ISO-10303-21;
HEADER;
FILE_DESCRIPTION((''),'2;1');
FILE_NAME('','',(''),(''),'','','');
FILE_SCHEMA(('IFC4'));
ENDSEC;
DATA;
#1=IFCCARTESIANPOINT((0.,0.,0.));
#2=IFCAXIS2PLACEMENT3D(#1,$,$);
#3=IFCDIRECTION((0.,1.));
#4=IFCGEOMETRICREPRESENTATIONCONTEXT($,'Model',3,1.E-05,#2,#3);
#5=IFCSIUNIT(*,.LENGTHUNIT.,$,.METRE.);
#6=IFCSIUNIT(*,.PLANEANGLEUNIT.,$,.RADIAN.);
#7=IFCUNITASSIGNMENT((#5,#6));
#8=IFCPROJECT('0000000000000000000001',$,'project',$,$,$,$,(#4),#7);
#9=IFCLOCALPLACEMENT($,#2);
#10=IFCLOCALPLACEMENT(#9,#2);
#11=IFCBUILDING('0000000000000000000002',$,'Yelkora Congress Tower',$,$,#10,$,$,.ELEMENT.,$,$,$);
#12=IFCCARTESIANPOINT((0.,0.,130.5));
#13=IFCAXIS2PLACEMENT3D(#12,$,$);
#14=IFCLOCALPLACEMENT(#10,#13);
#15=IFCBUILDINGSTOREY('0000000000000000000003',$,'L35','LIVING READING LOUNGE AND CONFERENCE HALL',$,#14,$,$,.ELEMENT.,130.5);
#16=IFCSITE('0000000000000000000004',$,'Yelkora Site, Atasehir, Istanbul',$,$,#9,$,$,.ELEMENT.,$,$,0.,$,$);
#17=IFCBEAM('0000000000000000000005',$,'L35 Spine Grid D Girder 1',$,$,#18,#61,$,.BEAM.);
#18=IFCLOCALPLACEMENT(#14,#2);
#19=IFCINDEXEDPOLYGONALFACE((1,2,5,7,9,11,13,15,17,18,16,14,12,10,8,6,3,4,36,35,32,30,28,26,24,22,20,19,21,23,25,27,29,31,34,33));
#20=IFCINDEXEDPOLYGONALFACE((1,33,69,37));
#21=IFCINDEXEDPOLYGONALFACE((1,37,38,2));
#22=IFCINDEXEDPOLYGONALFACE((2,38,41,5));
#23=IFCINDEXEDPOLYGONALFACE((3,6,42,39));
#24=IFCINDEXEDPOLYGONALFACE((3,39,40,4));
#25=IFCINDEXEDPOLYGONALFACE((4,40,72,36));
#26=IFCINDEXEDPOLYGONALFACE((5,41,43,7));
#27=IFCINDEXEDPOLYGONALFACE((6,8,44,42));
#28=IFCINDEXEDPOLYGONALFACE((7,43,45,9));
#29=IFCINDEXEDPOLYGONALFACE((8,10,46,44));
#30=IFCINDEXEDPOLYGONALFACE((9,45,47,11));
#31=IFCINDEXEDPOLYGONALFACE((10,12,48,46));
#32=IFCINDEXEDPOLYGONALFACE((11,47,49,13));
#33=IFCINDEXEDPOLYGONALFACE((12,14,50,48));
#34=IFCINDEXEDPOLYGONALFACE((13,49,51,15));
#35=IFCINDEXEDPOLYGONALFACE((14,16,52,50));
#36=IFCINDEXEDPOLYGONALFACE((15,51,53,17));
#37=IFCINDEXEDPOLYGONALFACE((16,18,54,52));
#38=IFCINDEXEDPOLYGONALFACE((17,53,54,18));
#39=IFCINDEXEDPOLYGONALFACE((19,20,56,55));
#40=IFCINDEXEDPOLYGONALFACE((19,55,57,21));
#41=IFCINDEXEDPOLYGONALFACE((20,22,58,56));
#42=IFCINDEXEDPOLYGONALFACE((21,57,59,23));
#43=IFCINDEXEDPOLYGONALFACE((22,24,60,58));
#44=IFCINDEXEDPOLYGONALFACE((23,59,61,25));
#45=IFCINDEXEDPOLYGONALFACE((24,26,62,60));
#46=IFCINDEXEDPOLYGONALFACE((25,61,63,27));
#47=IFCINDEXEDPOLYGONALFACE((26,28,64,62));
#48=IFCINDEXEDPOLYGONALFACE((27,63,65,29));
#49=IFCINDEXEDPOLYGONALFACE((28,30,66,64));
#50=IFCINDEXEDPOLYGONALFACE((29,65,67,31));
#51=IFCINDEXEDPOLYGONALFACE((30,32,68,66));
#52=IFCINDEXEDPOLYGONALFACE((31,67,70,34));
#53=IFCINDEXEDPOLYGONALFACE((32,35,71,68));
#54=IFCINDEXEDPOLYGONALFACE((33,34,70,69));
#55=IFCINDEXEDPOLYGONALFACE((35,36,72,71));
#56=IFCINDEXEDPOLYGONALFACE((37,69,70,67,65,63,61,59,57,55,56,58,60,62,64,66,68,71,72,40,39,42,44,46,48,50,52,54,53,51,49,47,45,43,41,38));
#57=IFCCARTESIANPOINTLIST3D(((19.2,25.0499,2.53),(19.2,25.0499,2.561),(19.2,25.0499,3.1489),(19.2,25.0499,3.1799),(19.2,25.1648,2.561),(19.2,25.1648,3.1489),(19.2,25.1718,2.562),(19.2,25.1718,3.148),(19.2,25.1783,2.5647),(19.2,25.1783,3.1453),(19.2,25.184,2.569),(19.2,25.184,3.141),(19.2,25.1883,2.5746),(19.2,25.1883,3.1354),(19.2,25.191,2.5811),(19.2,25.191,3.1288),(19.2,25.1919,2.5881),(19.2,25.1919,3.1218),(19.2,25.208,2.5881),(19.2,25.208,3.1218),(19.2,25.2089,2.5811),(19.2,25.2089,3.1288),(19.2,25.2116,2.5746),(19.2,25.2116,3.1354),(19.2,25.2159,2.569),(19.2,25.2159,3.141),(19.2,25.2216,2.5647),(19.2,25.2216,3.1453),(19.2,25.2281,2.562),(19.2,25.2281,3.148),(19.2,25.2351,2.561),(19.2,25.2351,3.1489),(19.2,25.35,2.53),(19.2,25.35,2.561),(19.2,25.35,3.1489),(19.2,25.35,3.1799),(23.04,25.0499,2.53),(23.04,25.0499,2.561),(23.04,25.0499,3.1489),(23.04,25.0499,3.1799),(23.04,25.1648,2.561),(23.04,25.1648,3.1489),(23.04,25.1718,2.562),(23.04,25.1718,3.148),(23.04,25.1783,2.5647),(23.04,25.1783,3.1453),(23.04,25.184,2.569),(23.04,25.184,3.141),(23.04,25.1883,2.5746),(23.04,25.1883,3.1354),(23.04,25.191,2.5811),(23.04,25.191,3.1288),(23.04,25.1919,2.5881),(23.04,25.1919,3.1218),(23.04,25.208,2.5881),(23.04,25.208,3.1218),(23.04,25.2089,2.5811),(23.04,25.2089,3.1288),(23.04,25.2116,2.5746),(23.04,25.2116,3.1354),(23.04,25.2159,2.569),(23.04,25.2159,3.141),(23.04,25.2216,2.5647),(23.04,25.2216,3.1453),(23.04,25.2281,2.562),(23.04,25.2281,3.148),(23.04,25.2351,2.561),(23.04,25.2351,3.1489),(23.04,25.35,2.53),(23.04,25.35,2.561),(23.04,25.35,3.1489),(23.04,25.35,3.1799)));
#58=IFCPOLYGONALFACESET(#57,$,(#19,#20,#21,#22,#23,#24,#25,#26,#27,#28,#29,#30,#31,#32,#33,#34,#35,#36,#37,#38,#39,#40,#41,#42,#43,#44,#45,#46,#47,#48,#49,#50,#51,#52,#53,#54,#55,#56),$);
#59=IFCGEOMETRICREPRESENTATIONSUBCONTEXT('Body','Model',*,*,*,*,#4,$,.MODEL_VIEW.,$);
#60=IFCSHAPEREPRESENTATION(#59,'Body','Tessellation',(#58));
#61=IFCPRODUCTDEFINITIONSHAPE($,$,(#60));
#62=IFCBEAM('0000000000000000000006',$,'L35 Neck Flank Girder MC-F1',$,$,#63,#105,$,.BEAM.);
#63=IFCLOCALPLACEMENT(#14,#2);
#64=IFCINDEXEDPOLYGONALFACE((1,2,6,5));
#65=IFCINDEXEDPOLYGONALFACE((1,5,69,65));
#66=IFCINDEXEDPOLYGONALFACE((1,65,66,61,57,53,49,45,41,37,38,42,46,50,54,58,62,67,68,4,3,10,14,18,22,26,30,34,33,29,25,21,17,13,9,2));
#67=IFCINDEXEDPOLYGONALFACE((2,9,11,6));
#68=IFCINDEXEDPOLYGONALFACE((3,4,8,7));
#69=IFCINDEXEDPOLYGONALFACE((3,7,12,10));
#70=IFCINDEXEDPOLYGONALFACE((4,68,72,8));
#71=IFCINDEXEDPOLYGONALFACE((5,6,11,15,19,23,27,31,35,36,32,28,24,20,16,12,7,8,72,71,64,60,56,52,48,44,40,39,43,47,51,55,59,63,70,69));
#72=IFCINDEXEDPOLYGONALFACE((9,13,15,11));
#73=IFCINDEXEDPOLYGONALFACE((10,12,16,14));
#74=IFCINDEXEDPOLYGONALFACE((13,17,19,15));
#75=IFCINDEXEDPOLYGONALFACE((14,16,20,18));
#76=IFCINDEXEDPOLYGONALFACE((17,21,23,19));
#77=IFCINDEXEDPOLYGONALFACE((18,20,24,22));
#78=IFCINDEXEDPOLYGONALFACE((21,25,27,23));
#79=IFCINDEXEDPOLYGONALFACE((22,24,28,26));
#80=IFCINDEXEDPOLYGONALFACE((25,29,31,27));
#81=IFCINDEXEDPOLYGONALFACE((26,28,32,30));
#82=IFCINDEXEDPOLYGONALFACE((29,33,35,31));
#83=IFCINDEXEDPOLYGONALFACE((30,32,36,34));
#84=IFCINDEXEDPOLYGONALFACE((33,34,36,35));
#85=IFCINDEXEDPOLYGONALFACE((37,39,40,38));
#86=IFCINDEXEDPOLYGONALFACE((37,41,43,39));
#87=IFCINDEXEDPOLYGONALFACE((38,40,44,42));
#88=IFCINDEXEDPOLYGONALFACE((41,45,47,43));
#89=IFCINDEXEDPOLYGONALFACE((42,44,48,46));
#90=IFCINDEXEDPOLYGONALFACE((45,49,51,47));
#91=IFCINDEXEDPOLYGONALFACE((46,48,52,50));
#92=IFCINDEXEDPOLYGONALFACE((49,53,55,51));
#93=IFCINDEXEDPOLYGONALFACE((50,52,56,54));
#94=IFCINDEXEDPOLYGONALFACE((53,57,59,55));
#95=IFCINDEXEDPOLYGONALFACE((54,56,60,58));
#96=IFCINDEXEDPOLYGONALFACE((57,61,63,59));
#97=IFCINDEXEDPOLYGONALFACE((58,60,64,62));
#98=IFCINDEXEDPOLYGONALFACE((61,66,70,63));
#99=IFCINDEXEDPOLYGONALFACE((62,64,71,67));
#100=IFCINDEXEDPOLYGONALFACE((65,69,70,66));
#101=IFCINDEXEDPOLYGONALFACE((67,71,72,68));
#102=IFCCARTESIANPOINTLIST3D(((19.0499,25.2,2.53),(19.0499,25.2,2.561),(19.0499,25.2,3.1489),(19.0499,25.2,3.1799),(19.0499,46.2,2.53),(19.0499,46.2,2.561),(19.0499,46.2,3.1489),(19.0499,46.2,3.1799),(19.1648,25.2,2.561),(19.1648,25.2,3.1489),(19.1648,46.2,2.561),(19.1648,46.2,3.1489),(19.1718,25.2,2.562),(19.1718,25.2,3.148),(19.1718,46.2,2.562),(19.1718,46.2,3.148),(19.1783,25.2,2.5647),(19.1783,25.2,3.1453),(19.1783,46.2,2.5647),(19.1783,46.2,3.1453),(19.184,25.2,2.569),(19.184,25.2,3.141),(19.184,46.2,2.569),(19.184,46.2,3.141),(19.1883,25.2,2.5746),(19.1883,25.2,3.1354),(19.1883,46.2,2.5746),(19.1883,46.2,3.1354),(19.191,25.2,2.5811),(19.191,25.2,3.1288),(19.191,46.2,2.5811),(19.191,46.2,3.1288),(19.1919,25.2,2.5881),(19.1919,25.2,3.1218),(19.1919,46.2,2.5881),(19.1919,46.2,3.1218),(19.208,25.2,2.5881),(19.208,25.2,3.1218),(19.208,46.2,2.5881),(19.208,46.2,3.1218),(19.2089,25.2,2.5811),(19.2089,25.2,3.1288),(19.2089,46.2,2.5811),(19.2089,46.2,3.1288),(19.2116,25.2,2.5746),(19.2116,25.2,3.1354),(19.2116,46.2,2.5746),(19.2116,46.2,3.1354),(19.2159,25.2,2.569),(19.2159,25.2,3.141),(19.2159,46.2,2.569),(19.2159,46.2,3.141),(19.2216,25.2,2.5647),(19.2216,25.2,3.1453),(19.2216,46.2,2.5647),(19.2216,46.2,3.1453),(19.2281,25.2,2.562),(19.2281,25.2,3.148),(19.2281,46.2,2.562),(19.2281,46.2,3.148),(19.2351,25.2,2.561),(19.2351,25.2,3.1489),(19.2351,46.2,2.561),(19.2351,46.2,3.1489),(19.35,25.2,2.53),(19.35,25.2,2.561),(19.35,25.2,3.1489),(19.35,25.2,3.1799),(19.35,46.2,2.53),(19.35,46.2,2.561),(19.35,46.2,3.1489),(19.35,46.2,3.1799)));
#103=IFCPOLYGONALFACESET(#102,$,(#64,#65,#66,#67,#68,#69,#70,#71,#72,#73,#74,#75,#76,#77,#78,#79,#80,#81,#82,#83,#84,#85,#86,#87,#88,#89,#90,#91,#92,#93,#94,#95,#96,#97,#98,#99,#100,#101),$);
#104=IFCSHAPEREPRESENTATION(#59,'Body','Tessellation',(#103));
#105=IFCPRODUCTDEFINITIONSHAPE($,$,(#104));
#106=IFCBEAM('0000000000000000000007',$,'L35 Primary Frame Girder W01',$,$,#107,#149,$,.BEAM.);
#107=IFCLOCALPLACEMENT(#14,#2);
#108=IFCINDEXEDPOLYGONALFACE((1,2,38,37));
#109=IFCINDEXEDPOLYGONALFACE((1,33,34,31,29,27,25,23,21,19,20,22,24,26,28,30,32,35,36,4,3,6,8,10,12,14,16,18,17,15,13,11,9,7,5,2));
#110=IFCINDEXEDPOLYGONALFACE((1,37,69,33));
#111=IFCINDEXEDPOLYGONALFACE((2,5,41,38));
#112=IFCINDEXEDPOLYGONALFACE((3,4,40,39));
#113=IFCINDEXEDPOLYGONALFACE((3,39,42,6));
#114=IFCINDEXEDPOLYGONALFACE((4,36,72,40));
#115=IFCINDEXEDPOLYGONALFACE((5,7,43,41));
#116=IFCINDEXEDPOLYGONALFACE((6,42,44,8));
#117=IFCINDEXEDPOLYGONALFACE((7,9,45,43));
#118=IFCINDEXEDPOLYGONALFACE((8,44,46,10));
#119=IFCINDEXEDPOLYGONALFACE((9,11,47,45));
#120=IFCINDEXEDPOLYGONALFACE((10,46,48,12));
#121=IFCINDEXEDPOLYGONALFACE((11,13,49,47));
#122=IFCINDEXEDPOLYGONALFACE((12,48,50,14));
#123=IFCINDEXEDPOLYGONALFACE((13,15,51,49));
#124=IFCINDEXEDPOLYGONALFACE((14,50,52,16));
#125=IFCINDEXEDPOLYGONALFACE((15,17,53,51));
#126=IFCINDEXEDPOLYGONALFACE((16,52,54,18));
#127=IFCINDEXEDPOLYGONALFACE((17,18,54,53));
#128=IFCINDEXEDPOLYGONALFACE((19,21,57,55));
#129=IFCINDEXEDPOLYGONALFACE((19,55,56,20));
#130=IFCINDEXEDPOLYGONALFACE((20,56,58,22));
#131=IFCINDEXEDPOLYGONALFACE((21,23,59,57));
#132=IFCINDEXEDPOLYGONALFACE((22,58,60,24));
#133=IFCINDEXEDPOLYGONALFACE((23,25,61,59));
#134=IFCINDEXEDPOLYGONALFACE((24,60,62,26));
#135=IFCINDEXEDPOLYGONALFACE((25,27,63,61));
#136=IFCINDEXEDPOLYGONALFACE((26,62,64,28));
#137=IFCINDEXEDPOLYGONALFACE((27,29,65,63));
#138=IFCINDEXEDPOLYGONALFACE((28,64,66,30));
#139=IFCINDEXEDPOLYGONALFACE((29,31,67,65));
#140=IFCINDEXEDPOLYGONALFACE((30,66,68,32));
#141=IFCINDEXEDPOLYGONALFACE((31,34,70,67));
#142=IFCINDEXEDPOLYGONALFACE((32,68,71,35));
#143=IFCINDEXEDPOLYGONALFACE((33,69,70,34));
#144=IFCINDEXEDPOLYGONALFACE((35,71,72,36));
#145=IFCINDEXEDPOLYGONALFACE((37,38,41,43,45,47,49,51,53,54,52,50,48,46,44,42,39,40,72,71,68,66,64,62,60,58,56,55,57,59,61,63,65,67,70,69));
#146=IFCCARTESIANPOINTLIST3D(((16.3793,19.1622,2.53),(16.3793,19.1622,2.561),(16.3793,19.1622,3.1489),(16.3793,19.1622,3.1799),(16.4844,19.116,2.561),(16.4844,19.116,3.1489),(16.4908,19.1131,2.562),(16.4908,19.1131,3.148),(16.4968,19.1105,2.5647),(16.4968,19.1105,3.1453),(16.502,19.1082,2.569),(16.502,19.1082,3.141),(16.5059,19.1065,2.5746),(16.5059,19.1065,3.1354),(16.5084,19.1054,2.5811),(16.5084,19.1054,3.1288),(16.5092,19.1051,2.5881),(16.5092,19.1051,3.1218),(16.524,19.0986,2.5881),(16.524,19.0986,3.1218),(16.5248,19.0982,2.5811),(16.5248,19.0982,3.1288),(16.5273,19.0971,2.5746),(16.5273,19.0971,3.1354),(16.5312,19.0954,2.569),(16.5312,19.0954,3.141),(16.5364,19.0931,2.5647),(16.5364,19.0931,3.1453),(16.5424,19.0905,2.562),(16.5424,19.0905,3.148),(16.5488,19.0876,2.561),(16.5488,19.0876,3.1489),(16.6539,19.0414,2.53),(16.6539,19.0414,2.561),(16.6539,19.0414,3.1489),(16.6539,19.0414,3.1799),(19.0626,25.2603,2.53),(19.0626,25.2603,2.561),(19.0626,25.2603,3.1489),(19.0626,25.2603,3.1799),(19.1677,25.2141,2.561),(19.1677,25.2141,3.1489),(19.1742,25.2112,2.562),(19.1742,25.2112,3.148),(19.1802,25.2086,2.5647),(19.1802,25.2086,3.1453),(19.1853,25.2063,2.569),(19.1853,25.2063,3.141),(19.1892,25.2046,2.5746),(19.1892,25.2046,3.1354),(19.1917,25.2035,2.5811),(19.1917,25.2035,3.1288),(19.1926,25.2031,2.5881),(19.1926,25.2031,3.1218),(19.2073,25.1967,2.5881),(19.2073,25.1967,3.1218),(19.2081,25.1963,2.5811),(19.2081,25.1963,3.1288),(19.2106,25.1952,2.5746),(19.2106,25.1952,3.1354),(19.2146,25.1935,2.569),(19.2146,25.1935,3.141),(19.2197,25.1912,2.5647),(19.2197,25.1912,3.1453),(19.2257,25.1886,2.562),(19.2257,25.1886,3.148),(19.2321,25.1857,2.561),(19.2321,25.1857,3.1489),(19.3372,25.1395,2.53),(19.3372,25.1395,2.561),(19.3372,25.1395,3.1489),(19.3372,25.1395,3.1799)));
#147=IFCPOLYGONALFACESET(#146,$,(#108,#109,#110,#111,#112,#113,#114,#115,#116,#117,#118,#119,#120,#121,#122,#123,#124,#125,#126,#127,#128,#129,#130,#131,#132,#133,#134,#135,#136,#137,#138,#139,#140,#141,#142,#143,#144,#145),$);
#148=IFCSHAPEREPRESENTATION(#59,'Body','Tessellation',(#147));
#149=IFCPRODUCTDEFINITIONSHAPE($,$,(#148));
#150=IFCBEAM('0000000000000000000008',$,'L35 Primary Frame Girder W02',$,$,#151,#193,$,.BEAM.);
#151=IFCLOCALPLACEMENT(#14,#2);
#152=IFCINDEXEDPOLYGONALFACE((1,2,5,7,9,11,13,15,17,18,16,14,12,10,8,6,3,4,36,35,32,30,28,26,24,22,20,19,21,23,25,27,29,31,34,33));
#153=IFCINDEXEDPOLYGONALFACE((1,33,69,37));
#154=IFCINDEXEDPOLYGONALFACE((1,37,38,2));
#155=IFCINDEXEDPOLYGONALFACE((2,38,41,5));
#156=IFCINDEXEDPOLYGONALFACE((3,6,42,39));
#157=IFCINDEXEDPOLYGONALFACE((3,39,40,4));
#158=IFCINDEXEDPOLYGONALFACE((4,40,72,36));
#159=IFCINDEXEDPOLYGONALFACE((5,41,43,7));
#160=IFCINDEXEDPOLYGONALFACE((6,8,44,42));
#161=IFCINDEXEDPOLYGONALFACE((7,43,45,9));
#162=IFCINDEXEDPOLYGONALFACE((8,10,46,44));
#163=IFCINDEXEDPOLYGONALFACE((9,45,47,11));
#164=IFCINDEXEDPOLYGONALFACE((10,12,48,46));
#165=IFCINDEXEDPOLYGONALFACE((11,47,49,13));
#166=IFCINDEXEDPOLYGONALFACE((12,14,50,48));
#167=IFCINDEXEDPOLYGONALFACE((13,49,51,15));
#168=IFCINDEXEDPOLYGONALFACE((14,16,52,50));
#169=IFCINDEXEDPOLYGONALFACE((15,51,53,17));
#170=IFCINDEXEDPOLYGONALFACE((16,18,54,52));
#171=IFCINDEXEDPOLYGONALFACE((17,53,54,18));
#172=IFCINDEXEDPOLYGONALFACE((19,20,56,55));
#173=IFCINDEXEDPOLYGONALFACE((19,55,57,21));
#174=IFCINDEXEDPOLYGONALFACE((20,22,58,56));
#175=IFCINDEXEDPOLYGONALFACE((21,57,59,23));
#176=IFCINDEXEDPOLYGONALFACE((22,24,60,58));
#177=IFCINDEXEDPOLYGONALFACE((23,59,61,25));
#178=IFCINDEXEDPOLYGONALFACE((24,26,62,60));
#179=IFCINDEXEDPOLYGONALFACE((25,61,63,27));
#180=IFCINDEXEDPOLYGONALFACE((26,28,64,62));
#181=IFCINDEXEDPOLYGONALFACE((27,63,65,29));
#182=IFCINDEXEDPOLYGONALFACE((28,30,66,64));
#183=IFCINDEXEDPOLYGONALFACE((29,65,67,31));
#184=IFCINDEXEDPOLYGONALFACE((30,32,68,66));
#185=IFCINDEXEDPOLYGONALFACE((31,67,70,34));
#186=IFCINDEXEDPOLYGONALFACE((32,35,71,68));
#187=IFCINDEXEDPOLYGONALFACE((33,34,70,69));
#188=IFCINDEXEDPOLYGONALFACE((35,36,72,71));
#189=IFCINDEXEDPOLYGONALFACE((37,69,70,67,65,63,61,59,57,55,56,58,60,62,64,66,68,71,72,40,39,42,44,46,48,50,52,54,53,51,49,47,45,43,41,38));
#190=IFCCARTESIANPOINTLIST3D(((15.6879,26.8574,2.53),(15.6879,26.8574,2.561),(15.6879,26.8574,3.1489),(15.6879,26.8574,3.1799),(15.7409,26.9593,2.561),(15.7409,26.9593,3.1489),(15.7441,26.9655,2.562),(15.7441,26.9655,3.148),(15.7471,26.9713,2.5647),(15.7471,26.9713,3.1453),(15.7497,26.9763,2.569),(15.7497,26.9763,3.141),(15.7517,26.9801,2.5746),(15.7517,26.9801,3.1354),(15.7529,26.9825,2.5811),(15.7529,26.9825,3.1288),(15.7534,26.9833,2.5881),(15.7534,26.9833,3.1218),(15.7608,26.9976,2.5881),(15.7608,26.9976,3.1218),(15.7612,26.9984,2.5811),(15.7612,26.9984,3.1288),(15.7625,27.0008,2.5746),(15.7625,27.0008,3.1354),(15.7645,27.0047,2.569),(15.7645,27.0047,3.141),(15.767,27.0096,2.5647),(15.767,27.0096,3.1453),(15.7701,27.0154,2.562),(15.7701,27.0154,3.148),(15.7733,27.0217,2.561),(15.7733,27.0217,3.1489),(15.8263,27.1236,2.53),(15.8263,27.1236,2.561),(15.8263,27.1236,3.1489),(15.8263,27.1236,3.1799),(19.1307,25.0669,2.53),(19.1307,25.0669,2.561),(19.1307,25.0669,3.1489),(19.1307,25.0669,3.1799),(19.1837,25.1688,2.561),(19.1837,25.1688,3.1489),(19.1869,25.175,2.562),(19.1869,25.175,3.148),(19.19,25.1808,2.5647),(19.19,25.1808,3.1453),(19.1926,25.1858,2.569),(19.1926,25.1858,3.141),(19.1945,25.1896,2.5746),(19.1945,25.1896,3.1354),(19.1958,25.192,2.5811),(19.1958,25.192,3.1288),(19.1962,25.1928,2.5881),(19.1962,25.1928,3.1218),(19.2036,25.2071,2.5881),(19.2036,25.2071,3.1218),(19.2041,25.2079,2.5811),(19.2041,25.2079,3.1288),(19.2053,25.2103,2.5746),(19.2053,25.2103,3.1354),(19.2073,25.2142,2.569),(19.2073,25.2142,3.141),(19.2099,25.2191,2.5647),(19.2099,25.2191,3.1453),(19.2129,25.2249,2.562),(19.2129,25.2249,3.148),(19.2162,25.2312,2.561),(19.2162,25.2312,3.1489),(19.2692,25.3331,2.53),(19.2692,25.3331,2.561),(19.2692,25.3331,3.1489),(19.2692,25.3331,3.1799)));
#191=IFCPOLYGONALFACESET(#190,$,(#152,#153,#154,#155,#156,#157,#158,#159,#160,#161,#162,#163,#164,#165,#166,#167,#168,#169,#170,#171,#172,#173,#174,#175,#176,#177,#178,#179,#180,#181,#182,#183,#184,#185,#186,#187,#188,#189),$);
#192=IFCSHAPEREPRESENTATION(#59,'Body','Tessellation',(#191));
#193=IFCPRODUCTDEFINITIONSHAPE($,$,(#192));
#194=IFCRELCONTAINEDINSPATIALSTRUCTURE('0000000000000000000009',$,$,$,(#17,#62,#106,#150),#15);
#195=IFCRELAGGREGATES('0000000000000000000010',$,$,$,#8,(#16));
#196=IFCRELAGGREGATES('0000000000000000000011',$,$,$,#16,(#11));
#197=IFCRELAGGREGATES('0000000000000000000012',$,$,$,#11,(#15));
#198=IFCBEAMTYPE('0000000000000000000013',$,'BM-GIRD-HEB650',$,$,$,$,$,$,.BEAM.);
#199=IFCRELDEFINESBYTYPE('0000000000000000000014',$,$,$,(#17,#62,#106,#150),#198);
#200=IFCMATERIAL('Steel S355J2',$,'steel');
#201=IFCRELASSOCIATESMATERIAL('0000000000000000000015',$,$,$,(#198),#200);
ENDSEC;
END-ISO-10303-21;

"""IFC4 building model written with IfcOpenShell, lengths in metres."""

from ifc_helpers import new_model, si_unit, direction, frame, origin, origin_2d, place, context, subcontext, project, spatial, i_section, extrude, material, material_profile, profile_set, type_object, element, save


model = new_model("IFC4")

# Units and contexts
model_context = context("Model", 3, precision=1e-05, world=origin(), true_north=direction((0.0, 1.0)))
body_context = subcontext(model_context, "Body", "Model", "MODEL_VIEW")
ifc_project = project(units=[si_unit("LENGTHUNIT", "METRE"), si_unit("PLANEANGLEUNIT", "RADIAN")], contexts=[model_context])

# Site, building, storey
site_placement = place(None, origin())
site = spatial("IfcSite", under=ifc_project, at=site_placement, Name="Yelkora Site, Atasehir, Istanbul", CompositionType="ELEMENT", RefElevation=0.0)
building_placement = place(site_placement, origin())
building = spatial("IfcBuilding", under=site, at=building_placement, Name="Yelkora Congress Tower", CompositionType="ELEMENT")
storey_placement = place(building_placement, frame((0.0, 0.0, 130.5)))
storey = spatial("IfcBuildingStorey", under=building, at=storey_placement, Name="L35", Description="LIVING READING LOUNGE AND CONFERENCE HALL", CompositionType="ELEMENT", Elevation=130.5)

# Beams
ifc_material_1 = material(Name="Steel S355J2", Category="steel")
ifc_material_profile_1 = material_profile(ifc_material_1, i_section(OverallWidth=0.3, OverallDepth=0.6499, WebThickness=0.0161, FlangeThickness=0.031, FilletRadius=0.0271, at=origin_2d()), Name="HEB 650")
ifc_profile_set_1 = profile_set([ifc_material_profile_1], Name="Steel S355J2")
beam_type_1 = type_object("IfcBeamType", Name="BM-GIRD-HEB650", PredefinedType="BEAM", material=ifc_profile_set_1)
beam_1_placement = place(storey_placement, frame((19.2, 25.2, 2.855), z_axis=(1.0, 0.0, 0.0), x_axis=(0.0, 1.0, 0.0)))
element("IfcBeam", 1, at=beam_1_placement, inside=storey, type_object=beam_type_1, Name="L35 Spine Grid D Girder 1", PredefinedType="BEAM", context=body_context, shape_type="SweptSolid", body=[
    extrude(i_section(OverallWidth=0.3, OverallDepth=0.6499, WebThickness=0.0161, FlangeThickness=0.031, FilletRadius=0.0271, at=origin_2d()), origin(), (0.0, 0.0, 1.0), 3.8401),
])
beam_2_placement = place(storey_placement, frame((19.2, 25.2, 2.855), z_axis=(0.0, 1.0, 0.0), x_axis=(-1.0, 0.0, 0.0)))
element("IfcBeam", 2, at=beam_2_placement, inside=storey, type_object=beam_type_1, Name="L35 Neck Flank Girder MC-F1", PredefinedType="BEAM", context=body_context, shape_type="SweptSolid", body=[
    extrude(i_section(OverallWidth=0.3, OverallDepth=0.6499, WebThickness=0.0161, FlangeThickness=0.031, FilletRadius=0.0271, at=origin_2d()), origin(), (0.0, 0.0, 1.0), 21.0),
])
beam_3_placement = place(storey_placement, frame((16.5166, 19.1018, 2.855), z_axis=(0.402759, 0.915306, 0.0), x_axis=(-0.915306, 0.402759, 0.0)))
element("IfcBeam", 3, at=beam_3_placement, inside=storey, type_object=beam_type_1, Name="L35 Primary Frame Girder W01", PredefinedType="BEAM", context=body_context, shape_type="SweptSolid", body=[
    extrude(i_section(OverallWidth=0.3, OverallDepth=0.6499, WebThickness=0.0161, FlangeThickness=0.031, FilletRadius=0.0271, at=origin_2d()), origin(), (0.0, 0.0, 1.0), 6.6624),
])
beam_4_placement = place(storey_placement, frame((15.7571, 26.9905, 2.855), z_axis=(0.887192, -0.4614, 0.0), x_axis=(0.4614, 0.887192, 0.0)))
element("IfcBeam", 4, at=beam_4_placement, inside=storey, type_object=beam_type_1, Name="L35 Primary Frame Girder W02", PredefinedType="BEAM", context=body_context, shape_type="SweptSolid", body=[
    extrude(i_section(OverallWidth=0.3, OverallDepth=0.6499, WebThickness=0.0161, FlangeThickness=0.031, FilletRadius=0.0271, at=origin_2d()), origin(), (0.0, 0.0, 1.0), 3.8806),
])

save(model, "model.ifc")
